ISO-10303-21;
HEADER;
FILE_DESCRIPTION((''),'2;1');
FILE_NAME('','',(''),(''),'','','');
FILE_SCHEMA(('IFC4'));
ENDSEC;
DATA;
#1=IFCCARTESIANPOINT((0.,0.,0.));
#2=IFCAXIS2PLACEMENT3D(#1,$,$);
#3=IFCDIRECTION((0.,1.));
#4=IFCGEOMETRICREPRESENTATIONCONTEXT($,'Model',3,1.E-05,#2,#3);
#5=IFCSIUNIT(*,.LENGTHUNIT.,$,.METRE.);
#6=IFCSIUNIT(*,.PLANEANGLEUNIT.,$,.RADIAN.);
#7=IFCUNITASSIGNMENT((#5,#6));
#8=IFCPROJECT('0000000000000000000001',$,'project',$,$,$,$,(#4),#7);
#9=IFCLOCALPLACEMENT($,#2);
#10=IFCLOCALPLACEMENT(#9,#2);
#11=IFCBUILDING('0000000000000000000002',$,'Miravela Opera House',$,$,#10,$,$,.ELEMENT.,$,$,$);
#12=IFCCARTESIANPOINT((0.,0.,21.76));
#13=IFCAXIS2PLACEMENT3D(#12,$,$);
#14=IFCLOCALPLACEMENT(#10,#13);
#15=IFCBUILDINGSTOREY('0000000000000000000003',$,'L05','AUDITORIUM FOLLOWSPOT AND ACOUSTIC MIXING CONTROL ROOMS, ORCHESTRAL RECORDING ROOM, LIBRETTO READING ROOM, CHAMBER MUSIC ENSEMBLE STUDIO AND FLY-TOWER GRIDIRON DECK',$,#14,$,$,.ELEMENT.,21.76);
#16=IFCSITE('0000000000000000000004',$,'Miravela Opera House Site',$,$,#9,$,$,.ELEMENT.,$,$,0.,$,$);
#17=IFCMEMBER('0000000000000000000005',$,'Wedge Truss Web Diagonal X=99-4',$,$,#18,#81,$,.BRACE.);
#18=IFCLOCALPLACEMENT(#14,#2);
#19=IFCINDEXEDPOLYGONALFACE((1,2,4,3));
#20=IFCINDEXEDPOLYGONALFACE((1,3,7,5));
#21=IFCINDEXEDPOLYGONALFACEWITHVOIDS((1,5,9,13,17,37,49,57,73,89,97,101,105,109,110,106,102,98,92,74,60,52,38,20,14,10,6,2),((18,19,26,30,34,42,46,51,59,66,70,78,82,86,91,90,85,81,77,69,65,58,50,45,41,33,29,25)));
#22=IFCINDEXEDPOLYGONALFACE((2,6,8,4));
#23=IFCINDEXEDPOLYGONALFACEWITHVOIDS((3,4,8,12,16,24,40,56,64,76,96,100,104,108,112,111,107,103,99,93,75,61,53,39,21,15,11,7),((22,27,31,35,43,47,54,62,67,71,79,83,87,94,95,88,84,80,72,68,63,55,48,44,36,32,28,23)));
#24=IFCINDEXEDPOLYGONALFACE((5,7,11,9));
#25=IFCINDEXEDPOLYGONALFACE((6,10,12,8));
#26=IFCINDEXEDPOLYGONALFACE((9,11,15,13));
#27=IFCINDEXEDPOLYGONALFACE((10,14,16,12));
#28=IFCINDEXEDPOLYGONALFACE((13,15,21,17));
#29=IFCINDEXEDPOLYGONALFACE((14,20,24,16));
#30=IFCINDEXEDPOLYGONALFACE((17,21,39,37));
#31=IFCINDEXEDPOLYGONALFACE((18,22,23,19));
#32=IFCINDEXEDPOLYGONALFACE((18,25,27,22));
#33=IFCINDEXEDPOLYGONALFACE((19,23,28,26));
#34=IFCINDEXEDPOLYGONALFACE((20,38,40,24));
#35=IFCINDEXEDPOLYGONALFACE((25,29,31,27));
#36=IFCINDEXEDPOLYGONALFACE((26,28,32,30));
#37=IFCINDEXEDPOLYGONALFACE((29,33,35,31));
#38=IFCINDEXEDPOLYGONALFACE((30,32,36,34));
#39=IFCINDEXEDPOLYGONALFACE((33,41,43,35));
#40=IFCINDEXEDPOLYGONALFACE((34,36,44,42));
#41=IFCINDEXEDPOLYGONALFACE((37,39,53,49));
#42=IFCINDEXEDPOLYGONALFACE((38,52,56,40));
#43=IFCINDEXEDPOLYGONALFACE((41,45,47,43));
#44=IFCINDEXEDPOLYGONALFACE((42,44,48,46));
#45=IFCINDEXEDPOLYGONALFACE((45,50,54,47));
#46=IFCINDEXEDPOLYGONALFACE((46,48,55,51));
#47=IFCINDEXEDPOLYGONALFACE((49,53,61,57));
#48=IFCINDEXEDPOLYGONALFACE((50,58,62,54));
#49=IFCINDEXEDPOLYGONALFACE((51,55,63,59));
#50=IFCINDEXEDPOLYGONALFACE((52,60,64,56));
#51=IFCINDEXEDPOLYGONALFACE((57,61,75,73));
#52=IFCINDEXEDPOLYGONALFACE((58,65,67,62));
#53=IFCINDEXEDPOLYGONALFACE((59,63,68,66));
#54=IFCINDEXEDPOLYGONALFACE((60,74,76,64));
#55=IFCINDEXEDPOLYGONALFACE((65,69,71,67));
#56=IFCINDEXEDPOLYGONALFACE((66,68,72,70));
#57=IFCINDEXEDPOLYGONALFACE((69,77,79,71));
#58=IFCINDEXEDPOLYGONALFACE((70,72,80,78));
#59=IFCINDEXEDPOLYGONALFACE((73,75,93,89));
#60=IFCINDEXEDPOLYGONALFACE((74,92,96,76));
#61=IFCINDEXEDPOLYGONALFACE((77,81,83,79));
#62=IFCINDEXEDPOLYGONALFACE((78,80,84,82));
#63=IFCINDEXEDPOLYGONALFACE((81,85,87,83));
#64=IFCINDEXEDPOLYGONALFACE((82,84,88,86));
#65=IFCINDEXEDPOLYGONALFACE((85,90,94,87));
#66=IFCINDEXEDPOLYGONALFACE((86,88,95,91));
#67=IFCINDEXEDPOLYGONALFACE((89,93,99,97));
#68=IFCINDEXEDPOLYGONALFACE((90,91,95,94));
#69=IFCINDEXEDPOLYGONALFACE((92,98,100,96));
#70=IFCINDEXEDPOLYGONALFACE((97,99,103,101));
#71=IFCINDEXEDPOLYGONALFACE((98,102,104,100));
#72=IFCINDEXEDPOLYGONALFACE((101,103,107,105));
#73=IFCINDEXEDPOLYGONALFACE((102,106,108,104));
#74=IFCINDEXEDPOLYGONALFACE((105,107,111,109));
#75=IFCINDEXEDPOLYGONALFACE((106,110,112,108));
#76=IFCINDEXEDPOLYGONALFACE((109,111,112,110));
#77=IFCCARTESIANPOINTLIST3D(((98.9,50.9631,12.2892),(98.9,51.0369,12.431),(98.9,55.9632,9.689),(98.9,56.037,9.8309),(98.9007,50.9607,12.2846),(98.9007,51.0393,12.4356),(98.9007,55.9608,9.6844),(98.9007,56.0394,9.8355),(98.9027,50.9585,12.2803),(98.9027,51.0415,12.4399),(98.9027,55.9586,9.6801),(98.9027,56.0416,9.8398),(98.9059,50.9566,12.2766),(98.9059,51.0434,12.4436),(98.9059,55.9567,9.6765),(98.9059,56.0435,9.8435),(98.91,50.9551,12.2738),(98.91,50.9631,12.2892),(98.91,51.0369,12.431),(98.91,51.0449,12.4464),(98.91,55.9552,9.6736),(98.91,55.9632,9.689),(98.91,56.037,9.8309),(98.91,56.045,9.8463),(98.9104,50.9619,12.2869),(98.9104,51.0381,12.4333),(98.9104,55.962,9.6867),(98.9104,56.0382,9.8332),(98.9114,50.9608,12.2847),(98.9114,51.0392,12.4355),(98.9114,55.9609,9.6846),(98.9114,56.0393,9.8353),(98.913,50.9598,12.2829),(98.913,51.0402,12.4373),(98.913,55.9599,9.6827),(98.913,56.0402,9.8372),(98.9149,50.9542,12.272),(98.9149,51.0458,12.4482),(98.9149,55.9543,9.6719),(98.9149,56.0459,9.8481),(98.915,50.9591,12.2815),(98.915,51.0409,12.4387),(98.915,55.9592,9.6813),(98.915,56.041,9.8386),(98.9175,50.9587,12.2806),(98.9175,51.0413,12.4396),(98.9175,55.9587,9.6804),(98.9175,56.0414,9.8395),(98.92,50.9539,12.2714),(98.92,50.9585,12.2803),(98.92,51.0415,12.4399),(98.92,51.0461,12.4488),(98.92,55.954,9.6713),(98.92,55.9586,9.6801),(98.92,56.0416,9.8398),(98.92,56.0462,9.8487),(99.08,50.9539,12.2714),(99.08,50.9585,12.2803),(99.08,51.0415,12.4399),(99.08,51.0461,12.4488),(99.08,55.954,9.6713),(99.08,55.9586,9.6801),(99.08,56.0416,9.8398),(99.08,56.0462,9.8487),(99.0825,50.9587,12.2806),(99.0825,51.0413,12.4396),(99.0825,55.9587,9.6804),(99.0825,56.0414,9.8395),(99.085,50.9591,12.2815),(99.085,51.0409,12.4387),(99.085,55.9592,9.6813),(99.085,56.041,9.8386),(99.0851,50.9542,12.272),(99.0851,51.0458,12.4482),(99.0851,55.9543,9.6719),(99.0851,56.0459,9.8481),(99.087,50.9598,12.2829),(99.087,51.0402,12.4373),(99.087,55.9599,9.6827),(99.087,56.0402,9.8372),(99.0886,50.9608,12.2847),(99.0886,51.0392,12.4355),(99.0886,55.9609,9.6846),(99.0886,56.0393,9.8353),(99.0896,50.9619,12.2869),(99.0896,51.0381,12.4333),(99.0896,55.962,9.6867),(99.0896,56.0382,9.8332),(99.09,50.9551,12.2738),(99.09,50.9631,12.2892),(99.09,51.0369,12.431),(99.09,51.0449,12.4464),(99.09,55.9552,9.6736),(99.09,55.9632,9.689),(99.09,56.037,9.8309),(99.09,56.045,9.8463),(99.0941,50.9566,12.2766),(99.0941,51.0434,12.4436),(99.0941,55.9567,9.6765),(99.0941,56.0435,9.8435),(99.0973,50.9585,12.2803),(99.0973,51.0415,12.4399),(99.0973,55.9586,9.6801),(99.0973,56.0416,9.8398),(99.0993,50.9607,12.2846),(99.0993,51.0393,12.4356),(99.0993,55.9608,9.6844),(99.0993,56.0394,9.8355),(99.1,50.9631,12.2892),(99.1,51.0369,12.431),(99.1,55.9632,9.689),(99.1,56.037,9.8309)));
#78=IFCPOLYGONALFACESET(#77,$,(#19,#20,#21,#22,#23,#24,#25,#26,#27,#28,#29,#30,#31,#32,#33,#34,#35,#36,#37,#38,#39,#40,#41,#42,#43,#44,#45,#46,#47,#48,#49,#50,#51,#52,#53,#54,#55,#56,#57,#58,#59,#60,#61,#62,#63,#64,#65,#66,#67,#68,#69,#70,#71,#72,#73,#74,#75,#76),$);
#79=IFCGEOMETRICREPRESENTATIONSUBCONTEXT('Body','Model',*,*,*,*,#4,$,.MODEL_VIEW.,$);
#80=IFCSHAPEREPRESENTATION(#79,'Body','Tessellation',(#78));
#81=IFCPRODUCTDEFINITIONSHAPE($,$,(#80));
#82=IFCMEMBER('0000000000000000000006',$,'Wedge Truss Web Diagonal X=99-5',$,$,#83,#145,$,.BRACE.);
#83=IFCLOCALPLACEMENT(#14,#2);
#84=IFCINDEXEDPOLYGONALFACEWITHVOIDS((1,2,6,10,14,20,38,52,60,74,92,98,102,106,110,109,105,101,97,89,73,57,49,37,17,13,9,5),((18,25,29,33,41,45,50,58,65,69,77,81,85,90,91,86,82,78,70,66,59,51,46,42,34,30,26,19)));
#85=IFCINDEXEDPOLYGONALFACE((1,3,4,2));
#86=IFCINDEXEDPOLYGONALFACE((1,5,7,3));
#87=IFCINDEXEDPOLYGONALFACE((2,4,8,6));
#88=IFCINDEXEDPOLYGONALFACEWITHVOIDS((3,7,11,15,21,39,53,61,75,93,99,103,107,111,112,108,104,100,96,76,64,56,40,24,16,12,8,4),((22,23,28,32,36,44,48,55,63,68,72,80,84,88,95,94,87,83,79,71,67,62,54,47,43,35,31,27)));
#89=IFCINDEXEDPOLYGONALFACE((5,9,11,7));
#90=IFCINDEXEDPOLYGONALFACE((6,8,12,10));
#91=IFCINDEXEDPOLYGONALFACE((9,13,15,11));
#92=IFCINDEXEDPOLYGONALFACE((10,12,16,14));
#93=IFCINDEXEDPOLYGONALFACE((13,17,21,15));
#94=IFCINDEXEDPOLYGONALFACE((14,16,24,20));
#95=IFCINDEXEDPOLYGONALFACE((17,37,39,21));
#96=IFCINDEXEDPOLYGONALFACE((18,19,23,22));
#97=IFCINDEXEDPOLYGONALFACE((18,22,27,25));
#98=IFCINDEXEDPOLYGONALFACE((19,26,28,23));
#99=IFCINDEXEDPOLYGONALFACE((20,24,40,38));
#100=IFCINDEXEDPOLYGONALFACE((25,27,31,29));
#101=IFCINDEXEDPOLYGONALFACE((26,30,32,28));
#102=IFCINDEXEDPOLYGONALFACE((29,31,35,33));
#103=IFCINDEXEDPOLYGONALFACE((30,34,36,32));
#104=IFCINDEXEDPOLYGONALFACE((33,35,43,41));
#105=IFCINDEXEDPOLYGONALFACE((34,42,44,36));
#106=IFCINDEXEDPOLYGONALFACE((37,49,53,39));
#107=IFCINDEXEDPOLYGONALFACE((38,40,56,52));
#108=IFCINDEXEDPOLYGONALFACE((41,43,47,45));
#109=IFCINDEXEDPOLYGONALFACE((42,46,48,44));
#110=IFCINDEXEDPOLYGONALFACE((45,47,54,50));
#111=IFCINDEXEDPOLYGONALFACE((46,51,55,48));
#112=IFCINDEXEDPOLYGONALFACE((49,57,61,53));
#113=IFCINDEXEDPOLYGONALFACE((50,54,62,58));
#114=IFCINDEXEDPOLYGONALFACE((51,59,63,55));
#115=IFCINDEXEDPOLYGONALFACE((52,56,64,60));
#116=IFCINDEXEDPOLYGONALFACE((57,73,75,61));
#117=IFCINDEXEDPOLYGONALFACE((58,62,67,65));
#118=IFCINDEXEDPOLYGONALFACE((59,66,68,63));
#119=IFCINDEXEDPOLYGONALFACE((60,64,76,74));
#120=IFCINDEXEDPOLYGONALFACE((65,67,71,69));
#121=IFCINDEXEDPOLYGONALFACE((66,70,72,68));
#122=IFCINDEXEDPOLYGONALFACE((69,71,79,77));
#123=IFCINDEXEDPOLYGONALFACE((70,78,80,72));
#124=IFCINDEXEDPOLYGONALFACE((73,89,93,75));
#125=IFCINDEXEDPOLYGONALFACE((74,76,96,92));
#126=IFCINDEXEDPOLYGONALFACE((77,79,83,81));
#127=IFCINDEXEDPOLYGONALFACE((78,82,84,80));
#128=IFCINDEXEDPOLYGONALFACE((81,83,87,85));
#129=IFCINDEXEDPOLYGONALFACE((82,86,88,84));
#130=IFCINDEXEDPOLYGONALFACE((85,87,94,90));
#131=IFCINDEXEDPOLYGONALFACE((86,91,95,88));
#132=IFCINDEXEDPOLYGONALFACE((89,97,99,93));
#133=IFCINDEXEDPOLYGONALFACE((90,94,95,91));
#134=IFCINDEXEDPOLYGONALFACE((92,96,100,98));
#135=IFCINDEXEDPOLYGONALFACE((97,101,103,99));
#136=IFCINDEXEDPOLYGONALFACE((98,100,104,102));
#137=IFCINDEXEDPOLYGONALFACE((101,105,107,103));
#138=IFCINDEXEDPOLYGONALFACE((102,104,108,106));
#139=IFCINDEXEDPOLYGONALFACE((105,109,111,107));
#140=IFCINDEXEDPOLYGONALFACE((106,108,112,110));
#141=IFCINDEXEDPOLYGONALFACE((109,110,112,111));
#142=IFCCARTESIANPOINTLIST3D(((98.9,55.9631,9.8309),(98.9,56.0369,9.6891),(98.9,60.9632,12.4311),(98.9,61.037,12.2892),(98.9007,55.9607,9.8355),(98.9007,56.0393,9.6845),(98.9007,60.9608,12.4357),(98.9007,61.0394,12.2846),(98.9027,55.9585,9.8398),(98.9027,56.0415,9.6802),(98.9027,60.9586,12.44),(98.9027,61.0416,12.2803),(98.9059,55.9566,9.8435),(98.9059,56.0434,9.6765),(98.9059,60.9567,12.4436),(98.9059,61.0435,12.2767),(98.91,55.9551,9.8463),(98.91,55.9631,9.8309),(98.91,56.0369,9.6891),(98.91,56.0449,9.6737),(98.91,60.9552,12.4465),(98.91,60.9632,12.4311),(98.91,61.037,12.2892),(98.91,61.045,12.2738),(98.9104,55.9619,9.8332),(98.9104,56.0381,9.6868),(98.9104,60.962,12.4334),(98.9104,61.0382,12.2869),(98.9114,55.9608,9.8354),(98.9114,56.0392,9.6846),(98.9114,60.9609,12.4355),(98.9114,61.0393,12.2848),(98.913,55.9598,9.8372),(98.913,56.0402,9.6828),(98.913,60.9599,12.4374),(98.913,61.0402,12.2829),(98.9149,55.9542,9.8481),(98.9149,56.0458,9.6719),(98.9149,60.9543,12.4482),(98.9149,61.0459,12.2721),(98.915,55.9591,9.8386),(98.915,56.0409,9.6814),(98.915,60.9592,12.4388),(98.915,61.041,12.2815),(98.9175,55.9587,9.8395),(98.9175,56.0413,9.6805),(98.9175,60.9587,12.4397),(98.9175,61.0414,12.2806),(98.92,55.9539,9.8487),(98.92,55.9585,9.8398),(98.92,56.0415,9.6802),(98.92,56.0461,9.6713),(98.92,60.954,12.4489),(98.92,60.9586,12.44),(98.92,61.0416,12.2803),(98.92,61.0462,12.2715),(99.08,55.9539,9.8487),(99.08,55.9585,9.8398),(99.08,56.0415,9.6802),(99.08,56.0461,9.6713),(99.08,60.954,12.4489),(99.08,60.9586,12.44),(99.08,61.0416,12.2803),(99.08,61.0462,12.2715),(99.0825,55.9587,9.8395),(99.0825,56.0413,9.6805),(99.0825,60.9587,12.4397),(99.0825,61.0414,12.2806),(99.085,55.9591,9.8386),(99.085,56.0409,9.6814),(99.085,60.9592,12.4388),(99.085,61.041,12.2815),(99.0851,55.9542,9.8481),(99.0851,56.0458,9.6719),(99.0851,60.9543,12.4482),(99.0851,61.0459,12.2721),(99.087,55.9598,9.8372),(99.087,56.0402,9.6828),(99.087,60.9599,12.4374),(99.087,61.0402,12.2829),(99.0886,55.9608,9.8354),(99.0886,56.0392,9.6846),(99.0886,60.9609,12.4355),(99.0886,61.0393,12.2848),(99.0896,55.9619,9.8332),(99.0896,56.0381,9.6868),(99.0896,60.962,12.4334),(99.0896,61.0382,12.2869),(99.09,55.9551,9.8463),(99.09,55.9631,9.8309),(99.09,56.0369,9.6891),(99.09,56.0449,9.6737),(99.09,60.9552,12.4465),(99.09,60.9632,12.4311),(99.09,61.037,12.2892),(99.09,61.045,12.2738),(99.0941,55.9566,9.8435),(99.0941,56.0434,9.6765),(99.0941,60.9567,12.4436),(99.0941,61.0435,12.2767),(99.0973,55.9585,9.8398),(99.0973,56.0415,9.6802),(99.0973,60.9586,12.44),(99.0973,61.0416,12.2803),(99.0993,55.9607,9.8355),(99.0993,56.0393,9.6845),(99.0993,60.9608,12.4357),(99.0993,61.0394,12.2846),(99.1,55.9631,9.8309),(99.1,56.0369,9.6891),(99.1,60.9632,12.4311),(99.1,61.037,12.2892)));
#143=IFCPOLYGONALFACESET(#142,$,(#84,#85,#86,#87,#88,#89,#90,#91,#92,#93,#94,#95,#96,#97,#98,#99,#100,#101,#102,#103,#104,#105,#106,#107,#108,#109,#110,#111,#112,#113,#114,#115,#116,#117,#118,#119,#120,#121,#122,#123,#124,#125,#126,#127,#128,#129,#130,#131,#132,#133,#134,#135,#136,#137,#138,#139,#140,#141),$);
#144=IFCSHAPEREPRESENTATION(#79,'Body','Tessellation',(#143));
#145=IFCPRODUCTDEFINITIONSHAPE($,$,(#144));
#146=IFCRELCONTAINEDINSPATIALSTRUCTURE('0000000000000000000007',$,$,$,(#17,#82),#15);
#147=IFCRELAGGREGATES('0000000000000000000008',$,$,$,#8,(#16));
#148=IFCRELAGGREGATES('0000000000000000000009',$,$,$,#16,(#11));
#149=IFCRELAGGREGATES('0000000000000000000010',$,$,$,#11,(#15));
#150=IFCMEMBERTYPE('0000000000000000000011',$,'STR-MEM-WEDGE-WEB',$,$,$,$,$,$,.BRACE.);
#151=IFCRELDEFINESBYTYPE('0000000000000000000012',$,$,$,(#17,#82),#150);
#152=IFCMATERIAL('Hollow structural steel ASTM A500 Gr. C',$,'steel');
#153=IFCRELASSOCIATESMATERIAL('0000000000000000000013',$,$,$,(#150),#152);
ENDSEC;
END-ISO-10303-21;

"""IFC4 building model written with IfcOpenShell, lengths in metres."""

from ifc_helpers import new_model, si_unit, direction, frame, origin, origin_2d, place, context, subcontext, project, spatial, hollow_rectangle, extrude, material, material_profile, profile_set, type_object, element, save


model = new_model("IFC4")

# Units and contexts
model_context = context("Model", 3, precision=1e-05, world=origin(), true_north=direction((0.0, 1.0)))
body_context = subcontext(model_context, "Body", "Model", "MODEL_VIEW")
ifc_project = project(units=[si_unit("LENGTHUNIT", "METRE"), si_unit("PLANEANGLEUNIT", "RADIAN")], contexts=[model_context])

# Site, building, storey
site_placement = place(None, origin())
site = spatial("IfcSite", under=ifc_project, at=site_placement, Name="Miravela Opera House Site", CompositionType="ELEMENT", RefElevation=0.0)
building_placement = place(site_placement, origin())
building = spatial("IfcBuilding", under=site, at=building_placement, Name="Miravela Opera House", CompositionType="ELEMENT")
storey_placement = place(building_placement, frame((0.0, 0.0, 21.76)))
storey = spatial("IfcBuildingStorey", under=building, at=storey_placement, Name="L05", Description="AUDITORIUM FOLLOWSPOT AND ACOUSTIC MIXING CONTROL ROOMS, ORCHESTRAL RECORDING ROOM, LIBRETTO READING ROOM, CHAMBER MUSIC ENSEMBLE STUDIO AND FLY-TOWER GRIDIRON DECK", CompositionType="ELEMENT", Elevation=21.76)

# Members
ifc_material_1 = material(Name="Hollow structural steel ASTM A500 Gr. C", Category="steel")
ifc_material_profile_1 = material_profile(ifc_material_1, hollow_rectangle(XDim=0.2, YDim=0.2, WallThickness=0.01, InnerFilletRadius=0.01, OuterFilletRadius=0.02, at=origin_2d()), Name="HSS200X200X10")
ifc_profile_set_1 = profile_set([ifc_material_profile_1])
member_type_1 = type_object("IfcMemberType", Name="STR-MEM-WEDGE-WEB", PredefinedType="BRACE", material=ifc_profile_set_1)
for number, where, z_axis, x_axis, name in (
    (1, (99.0, 51.0, 12.3601), (0.0, 0.88721, -0.461366), (-1.0, 0.0, 0.0), "Wedge Truss Web Diagonal X=99-4"),
    (2, (99.0, 56.0, 9.76), (0.0, 0.88721, 0.461366), (-1.0, 0.0, 0.0), "Wedge Truss Web Diagonal X=99-5"),
):
    element("IfcMember", number, at=place(storey_placement, frame(where, z_axis=z_axis, x_axis=x_axis)), inside=storey, type_object=member_type_1, Name=name, PredefinedType="BRACE", context=body_context, shape_type="SweptSolid", body=[
        extrude(hollow_rectangle(XDim=0.2, YDim=0.2, WallThickness=0.01, InnerFilletRadius=0.01, OuterFilletRadius=0.02, at=origin_2d()), origin(), (0.0, 0.0, 1.0), 5.6357),
    ])

save(model, "model.ifc")
